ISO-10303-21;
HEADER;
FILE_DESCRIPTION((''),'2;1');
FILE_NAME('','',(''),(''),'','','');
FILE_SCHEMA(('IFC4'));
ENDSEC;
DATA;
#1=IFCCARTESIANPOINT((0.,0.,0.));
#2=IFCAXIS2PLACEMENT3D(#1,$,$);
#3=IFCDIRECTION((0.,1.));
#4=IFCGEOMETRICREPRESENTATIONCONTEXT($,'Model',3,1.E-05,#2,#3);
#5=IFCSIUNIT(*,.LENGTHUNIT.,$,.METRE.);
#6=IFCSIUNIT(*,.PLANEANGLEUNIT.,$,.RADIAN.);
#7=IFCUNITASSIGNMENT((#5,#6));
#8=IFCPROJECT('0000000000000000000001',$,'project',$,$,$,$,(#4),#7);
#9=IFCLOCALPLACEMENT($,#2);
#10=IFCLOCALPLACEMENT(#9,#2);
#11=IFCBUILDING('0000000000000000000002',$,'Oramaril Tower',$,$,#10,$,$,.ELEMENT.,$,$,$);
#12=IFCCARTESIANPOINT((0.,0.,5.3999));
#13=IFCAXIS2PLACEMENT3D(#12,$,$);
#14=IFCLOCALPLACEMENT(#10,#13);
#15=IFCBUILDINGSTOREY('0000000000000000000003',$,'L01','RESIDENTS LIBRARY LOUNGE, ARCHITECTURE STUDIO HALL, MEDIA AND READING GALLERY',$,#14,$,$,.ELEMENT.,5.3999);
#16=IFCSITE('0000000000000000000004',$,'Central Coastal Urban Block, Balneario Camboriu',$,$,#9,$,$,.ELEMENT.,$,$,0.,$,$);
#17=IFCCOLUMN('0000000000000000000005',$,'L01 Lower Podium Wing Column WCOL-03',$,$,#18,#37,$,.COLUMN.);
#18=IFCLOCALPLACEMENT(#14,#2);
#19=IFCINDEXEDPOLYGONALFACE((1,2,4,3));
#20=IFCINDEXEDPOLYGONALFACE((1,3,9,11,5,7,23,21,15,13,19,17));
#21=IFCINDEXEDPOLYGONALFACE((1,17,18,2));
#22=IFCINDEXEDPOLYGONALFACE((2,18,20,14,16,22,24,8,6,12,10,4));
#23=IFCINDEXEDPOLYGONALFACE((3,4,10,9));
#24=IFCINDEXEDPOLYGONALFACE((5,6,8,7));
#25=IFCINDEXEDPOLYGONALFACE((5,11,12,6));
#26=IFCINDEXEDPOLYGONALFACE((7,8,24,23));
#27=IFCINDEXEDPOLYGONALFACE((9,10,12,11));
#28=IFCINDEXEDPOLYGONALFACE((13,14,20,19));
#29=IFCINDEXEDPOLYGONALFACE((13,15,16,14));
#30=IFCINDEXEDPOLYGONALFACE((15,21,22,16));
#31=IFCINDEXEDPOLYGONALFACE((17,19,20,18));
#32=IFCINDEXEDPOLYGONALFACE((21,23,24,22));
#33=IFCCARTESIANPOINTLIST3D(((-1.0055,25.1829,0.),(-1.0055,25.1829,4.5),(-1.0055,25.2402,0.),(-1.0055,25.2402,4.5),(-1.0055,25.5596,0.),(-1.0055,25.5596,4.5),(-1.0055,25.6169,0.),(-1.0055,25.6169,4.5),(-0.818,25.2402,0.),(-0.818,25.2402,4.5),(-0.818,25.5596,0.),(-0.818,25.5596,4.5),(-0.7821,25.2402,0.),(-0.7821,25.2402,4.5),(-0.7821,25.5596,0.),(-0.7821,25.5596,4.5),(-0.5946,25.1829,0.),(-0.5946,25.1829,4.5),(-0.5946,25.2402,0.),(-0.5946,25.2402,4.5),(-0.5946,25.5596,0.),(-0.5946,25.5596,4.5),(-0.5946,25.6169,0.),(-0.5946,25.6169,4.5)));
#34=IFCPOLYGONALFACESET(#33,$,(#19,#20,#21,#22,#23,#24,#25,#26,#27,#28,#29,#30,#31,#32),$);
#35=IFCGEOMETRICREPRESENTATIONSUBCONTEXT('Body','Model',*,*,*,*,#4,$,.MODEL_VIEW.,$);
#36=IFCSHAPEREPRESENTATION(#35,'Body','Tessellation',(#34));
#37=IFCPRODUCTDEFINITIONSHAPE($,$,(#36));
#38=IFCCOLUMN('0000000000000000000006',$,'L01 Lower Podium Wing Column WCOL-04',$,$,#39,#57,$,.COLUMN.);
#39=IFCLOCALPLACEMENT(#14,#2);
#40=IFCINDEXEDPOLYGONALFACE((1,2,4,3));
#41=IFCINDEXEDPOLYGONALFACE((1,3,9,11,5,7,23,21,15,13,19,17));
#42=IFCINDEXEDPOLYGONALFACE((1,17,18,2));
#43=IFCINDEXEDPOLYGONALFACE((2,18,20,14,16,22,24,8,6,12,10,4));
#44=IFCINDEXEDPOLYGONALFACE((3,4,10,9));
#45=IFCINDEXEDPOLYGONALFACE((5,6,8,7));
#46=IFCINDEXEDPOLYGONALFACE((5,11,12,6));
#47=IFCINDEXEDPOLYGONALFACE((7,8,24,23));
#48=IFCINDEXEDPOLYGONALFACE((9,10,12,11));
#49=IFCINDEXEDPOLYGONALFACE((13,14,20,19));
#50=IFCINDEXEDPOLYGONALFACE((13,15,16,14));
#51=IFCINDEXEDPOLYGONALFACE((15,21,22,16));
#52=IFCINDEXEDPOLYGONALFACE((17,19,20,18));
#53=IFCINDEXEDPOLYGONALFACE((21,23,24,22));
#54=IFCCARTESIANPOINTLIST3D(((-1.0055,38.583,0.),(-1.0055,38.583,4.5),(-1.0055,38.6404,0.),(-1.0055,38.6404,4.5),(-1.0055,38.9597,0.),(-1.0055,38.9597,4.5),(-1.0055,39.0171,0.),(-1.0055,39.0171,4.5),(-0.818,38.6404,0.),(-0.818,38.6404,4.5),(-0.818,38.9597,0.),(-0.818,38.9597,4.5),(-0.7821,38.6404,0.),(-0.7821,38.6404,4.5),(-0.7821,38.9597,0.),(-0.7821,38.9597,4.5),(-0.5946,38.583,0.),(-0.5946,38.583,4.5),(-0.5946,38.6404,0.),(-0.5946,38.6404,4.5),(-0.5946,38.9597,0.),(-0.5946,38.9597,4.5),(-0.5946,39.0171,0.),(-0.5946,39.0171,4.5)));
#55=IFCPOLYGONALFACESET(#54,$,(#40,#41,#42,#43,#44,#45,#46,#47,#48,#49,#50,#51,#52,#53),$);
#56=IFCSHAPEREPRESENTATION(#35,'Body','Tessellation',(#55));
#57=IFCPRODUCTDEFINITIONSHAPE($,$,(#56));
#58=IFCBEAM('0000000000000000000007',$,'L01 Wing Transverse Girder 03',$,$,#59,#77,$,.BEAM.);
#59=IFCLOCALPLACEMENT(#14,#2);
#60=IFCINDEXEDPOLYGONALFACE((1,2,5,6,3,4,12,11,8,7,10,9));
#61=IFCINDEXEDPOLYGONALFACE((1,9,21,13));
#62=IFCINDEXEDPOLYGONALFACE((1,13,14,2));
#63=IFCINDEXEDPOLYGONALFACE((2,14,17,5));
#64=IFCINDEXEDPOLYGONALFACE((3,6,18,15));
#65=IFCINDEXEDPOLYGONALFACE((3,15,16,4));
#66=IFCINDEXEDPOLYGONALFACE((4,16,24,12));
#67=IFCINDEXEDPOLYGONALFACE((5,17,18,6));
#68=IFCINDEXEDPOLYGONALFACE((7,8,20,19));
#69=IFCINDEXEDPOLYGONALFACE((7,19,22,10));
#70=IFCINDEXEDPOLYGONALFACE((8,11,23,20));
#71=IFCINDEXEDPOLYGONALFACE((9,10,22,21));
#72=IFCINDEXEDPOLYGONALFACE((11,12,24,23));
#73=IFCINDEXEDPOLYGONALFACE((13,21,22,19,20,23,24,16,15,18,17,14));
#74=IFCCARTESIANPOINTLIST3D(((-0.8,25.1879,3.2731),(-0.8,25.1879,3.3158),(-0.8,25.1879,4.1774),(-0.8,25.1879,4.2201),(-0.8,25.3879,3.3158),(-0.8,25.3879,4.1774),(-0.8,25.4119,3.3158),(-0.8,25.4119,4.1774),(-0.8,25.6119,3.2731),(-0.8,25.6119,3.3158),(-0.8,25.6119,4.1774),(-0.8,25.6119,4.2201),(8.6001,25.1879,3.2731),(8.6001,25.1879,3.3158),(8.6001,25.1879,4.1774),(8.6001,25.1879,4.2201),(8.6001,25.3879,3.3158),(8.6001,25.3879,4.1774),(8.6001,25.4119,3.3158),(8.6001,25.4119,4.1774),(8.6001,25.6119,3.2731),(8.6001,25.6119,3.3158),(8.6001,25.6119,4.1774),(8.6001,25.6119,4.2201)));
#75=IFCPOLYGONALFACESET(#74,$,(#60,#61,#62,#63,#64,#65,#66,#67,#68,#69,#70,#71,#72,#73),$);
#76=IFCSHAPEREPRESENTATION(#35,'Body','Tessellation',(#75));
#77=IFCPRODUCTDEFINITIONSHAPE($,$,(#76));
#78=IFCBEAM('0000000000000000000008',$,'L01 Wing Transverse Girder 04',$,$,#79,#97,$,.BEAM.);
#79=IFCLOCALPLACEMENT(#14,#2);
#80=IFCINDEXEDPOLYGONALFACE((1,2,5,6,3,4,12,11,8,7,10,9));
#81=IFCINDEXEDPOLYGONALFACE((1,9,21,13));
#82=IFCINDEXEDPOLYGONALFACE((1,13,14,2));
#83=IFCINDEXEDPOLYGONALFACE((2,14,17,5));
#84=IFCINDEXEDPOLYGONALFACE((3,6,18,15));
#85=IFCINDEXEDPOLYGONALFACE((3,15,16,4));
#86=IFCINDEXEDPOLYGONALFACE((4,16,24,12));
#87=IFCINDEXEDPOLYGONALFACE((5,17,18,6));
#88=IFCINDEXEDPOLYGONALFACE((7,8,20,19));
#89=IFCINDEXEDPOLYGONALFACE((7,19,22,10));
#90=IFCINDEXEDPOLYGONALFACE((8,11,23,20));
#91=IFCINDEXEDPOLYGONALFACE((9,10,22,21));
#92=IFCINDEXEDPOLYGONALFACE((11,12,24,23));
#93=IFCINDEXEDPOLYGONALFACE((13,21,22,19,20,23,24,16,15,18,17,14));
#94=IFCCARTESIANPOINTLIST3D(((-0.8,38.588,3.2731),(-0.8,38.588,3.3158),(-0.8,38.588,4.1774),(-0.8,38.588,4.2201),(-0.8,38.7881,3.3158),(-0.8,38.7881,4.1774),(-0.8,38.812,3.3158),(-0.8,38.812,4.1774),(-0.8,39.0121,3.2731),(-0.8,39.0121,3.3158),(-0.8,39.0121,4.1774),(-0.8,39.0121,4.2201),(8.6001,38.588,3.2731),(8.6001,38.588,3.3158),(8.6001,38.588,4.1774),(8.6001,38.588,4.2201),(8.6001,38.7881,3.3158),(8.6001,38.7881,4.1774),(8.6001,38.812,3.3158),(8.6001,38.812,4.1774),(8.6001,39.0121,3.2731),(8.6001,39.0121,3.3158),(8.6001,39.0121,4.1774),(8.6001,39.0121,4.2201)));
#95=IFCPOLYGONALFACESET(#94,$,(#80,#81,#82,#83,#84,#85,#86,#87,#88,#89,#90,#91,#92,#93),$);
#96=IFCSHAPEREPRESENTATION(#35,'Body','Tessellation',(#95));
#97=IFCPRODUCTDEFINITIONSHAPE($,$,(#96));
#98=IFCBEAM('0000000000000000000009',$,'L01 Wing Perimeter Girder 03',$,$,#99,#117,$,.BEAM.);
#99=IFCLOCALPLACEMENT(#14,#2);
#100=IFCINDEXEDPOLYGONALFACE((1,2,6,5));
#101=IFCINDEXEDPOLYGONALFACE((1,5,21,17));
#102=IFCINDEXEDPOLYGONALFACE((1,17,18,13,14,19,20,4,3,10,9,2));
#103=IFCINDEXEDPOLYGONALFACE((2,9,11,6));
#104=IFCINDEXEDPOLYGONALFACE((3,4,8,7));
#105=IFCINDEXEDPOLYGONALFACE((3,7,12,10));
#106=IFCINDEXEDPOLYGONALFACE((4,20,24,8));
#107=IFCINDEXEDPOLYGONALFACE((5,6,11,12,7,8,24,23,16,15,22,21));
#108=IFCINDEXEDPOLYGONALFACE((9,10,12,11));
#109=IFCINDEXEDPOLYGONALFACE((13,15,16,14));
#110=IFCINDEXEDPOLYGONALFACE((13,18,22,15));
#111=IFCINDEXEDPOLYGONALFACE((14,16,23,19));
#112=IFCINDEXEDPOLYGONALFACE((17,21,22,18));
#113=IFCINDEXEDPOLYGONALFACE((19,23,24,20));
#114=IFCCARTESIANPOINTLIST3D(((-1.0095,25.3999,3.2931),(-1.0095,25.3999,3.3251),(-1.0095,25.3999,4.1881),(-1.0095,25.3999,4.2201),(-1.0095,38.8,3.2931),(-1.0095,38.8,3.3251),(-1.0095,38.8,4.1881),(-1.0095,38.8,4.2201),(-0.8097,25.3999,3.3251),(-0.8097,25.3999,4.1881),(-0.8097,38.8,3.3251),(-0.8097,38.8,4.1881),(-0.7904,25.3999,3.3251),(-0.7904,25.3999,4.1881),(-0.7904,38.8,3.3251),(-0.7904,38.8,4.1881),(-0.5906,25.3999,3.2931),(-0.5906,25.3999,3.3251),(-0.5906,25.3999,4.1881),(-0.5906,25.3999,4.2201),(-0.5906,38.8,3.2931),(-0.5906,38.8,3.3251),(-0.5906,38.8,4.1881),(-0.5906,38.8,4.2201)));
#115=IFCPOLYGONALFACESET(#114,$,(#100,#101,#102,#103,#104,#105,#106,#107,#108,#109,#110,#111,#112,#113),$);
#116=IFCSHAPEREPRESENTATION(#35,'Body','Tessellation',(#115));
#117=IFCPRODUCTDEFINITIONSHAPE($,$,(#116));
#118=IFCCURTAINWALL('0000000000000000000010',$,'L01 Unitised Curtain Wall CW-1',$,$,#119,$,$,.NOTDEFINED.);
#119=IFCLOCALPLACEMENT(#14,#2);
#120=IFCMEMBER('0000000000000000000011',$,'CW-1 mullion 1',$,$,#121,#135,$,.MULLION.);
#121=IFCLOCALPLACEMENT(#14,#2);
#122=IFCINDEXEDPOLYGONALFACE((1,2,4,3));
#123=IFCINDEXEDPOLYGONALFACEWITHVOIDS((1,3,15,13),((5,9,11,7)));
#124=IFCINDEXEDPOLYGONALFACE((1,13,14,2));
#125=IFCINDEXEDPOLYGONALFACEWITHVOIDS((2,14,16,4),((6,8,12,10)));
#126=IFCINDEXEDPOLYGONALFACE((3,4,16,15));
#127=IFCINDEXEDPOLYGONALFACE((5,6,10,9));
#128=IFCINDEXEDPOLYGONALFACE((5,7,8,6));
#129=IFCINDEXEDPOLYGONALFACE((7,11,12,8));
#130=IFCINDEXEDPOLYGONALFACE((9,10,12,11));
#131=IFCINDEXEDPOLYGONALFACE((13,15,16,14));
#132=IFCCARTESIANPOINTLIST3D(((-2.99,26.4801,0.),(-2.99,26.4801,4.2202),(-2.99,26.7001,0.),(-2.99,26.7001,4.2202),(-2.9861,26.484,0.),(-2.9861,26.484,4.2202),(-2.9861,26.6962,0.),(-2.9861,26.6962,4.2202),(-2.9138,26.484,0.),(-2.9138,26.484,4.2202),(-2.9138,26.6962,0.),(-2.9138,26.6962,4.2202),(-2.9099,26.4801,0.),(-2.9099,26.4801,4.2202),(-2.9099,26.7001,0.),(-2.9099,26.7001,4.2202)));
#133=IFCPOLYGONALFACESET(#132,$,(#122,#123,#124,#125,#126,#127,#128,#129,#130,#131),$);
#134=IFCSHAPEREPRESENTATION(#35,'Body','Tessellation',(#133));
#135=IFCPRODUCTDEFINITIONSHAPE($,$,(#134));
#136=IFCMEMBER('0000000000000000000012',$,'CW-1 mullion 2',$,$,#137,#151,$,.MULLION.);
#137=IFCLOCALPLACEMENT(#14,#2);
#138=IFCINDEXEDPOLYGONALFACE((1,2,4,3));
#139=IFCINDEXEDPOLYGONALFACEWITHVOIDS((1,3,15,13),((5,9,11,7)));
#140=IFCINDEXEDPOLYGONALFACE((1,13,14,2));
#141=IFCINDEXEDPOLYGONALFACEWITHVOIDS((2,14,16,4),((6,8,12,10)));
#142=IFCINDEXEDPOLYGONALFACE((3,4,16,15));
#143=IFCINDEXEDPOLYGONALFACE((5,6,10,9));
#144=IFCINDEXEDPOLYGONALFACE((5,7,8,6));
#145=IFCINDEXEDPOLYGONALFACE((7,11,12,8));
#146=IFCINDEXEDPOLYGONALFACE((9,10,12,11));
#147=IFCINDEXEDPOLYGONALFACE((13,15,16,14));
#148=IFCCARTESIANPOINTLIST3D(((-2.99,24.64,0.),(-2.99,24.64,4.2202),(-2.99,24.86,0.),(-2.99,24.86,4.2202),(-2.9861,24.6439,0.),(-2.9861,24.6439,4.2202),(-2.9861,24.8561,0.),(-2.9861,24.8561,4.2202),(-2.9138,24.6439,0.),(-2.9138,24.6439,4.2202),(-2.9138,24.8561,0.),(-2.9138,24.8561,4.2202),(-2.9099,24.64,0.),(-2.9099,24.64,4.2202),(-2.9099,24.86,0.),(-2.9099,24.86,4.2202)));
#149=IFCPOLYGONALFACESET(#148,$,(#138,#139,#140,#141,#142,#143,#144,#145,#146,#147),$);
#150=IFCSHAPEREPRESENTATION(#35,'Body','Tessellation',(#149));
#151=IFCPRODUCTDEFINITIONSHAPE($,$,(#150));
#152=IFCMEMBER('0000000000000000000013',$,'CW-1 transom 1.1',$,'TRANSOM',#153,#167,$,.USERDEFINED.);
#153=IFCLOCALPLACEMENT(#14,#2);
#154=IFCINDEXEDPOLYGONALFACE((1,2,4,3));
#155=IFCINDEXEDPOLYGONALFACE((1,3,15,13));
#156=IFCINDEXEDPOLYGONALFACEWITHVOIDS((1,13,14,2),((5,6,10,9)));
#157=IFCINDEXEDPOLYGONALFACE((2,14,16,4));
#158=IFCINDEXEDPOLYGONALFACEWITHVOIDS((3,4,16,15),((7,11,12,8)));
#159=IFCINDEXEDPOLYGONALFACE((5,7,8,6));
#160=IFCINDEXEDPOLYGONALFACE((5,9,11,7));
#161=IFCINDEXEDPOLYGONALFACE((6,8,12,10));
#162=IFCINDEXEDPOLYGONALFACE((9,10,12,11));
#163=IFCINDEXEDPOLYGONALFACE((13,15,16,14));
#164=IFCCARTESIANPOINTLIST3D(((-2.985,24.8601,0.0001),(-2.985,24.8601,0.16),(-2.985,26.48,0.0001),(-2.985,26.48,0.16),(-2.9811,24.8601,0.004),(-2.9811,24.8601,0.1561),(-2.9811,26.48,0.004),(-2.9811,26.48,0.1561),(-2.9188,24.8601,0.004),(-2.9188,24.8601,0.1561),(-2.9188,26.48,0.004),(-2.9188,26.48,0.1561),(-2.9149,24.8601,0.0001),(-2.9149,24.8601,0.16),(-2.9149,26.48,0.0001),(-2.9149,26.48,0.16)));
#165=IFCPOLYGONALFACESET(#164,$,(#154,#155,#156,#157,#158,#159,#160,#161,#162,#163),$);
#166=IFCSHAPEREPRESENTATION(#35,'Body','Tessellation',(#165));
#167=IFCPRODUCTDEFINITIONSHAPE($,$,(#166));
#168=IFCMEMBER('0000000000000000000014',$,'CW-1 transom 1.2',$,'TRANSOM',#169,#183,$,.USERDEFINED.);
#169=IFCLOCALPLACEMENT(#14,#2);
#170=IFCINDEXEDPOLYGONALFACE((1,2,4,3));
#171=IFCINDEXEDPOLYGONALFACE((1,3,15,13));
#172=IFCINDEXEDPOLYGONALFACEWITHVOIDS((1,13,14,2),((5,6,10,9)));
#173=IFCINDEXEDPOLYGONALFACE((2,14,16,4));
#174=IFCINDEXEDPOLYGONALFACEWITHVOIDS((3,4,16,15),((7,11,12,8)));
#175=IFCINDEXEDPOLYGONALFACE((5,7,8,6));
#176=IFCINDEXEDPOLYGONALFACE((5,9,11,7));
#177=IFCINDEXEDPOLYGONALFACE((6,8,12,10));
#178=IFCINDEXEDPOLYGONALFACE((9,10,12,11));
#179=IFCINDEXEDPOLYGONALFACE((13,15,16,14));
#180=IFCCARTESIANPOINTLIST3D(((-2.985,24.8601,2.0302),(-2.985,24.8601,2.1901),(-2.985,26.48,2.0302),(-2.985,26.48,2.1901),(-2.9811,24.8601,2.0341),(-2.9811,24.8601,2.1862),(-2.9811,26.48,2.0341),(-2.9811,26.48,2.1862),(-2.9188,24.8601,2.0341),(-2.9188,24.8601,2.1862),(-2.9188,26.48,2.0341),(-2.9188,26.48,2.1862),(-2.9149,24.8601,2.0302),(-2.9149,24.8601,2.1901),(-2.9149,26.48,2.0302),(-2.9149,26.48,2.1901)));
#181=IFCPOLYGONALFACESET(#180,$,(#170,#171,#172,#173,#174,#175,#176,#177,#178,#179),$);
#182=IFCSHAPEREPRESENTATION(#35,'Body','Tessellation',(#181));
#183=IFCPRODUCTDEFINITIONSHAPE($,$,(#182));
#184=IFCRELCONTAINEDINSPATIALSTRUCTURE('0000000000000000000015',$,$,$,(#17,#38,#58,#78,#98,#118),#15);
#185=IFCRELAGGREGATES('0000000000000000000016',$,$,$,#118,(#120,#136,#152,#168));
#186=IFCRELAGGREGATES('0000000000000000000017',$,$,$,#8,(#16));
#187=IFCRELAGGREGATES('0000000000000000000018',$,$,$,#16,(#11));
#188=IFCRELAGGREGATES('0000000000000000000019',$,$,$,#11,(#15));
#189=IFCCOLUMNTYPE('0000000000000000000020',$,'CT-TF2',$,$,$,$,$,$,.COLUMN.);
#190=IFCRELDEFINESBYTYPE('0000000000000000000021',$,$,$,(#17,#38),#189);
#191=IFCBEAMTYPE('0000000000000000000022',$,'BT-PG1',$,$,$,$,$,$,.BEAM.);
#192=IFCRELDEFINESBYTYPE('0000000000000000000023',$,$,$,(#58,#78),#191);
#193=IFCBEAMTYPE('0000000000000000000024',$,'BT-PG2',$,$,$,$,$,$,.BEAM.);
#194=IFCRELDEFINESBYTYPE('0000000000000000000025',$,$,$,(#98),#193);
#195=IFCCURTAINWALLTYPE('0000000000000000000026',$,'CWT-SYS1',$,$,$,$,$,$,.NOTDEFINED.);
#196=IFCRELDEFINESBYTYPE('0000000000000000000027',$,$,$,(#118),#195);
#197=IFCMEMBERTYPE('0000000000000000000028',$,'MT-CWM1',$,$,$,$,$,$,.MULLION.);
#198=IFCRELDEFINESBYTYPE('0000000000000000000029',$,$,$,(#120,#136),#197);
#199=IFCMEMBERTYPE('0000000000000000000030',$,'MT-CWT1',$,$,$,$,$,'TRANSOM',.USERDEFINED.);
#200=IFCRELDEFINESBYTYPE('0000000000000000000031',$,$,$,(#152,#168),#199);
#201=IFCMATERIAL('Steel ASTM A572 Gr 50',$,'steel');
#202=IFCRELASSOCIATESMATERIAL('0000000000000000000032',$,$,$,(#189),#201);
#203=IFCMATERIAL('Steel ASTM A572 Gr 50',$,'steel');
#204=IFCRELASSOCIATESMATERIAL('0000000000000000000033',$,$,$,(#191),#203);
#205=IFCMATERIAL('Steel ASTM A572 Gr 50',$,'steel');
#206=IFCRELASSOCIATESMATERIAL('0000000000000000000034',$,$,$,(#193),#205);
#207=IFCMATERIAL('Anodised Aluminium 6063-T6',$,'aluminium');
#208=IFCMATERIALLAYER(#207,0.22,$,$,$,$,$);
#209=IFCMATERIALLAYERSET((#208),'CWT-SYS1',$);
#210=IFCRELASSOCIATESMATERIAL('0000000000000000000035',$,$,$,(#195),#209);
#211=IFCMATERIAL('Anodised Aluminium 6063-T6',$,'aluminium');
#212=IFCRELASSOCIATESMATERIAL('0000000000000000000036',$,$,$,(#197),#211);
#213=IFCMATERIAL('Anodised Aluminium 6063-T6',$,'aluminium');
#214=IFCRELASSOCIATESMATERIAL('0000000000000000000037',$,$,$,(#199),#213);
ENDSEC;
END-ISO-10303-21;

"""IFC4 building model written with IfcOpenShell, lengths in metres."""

from ifc_helpers import new_model, si_unit, direction, frame, origin, origin_2d, place, context, subcontext, project, spatial, hollow_rectangle, i_section, extrude, material, layer, layer_set, material_profile, profile_set, type_object, element, aggregate, save


model = new_model("IFC4")

# Units and contexts
model_context = context("Model", 3, precision=1e-05, world=origin(), true_north=direction((0.0, 1.0)))
body_context = subcontext(model_context, "Body", "Model", "MODEL_VIEW")
ifc_project = project(units=[si_unit("LENGTHUNIT", "METRE"), si_unit("PLANEANGLEUNIT", "RADIAN")], contexts=[model_context])

# Site, building, storey
site_placement = place(None, origin())
site = spatial("IfcSite", under=ifc_project, at=site_placement, Name="Central Coastal Urban Block, Balneario Camboriu", CompositionType="ELEMENT", RefElevation=0.0)
building_placement = place(site_placement, origin())
building = spatial("IfcBuilding", under=site, at=building_placement, Name="Oramaril Tower", CompositionType="ELEMENT")
storey_placement = place(building_placement, frame((0.0, 0.0, 5.3999)))
storey = spatial("IfcBuildingStorey", under=building, at=storey_placement, Name="L01", Description="RESIDENTS LIBRARY LOUNGE, ARCHITECTURE STUDIO HALL, MEDIA AND READING GALLERY", CompositionType="ELEMENT", Elevation=5.3999)

# Columns
ifc_material_1 = material(Name="Steel ASTM A572 Gr 50", Category="steel")
ifc_material_profile_1 = material_profile(ifc_material_1, i_section(OverallWidth=0.4109, OverallDepth=0.4341, WebThickness=0.0359, FlangeThickness=0.0574, at=origin_2d()), Name="W14X311")
ifc_profile_set_1 = profile_set([ifc_material_profile_1], Name="Steel ASTM A572 Gr 50")
column_type = type_object("IfcColumnType", Name="CT-TF2", PredefinedType="COLUMN", material=ifc_profile_set_1)
for number, where, z_axis, x_axis, name in (
    (1, (-0.8, 25.3999, 0.0), (0.0, 0.0, 1.0), (1.0, 0.0, 0.0), "L01 Lower Podium Wing Column WCOL-03"),
    (2, (-0.8, 38.8, 0.0), (0.0, 0.0, 1.0), (1.0, 0.0, 0.0), "L01 Lower Podium Wing Column WCOL-04"),
):
    element("IfcColumn", number, at=place(storey_placement, frame(where, z_axis=z_axis, x_axis=x_axis)), inside=storey, type_object=column_type, Name=name, PredefinedType="COLUMN", context=body_context, shape_type="SweptSolid", body=[
        extrude(i_section(OverallWidth=0.4109, OverallDepth=0.4341, WebThickness=0.0359, FlangeThickness=0.0574, at=origin_2d()), origin(), (0.0, 0.0, 1.0), 4.5),
    ])

# Beams
ifc_material_2 = material(Name="Steel ASTM A572 Gr 50", Category="steel")
ifc_material_profile_2 = material_profile(ifc_material_2, i_section(OverallWidth=0.4241, OverallDepth=0.947, WebThickness=0.0239, FlangeThickness=0.0427, at=origin_2d()), Name="W36X302")
ifc_profile_set_2 = profile_set([ifc_material_profile_2], Name="Steel ASTM A572 Gr 50")
beam_type_1 = type_object("IfcBeamType", Name="BT-PG1", PredefinedType="BEAM", material=ifc_profile_set_2)
for number, where, z_axis, x_axis, name in (
    (3, (-0.8, 25.3999, 3.7466), (1.0, 0.0, 0.0), (0.0, 1.0, 0.0), "L01 Wing Transverse Girder 03"),
    (4, (-0.8, 38.8, 3.7466), (1.0, 0.0, 0.0), (0.0, 1.0, 0.0), "L01 Wing Transverse Girder 04"),
):
    element("IfcBeam", number, at=place(storey_placement, frame(where, z_axis=z_axis, x_axis=x_axis)), inside=storey, type_object=beam_type_1, Name=name, PredefinedType="BEAM", context=body_context, shape_type="SweptSolid", body=[
        extrude(i_section(OverallWidth=0.4241, OverallDepth=0.947, WebThickness=0.0239, FlangeThickness=0.0427, at=origin_2d()), origin(), (0.0, 0.0, 1.0), 9.4001),
    ])
ifc_material_3 = material(Name="Steel ASTM A572 Gr 50", Category="steel")
ifc_material_profile_3 = material_profile(ifc_material_3, i_section(OverallWidth=0.4189, OverallDepth=0.927, WebThickness=0.0193, FlangeThickness=0.032, at=origin_2d()), Name="W36X231")
ifc_profile_set_3 = profile_set([ifc_material_profile_3], Name="Steel ASTM A572 Gr 50")
beam_type_2 = type_object("IfcBeamType", Name="BT-PG2", PredefinedType="BEAM", material=ifc_profile_set_3)
beam_placement = place(storey_placement, frame((-0.8, 25.3999, 3.7566), z_axis=(0.0, 1.0, 0.0), x_axis=(-1.0, 0.0, 0.0)))
element("IfcBeam", 5, at=beam_placement, inside=storey, type_object=beam_type_2, Name="L01 Wing Perimeter Girder 03", PredefinedType="BEAM", context=body_context, shape_type="SweptSolid", body=[
    extrude(i_section(OverallWidth=0.4189, OverallDepth=0.927, WebThickness=0.0193, FlangeThickness=0.032, at=origin_2d()), origin(), (0.0, 0.0, 1.0), 13.4001),
])

# Curtain wall, members
ifc_material_4 = material(Name="Anodised Aluminium 6063-T6", Category="aluminium")
ifc_layer_1 = layer(ifc_material_4, 0.22)
ifc_layer_set_1 = layer_set([ifc_layer_1], Name="CWT-SYS1")
curtain_wall_type = type_object("IfcCurtainWallType", Name="CWT-SYS1", PredefinedType="NOTDEFINED", material=ifc_layer_set_1)
curtain_wall_placement = place(storey_placement, origin())
curtain_wall = element("IfcCurtainWall", 6, at=curtain_wall_placement, inside=storey, type_object=curtain_wall_type, Name="L01 Unitised Curtain Wall CW-1", PredefinedType="NOTDEFINED")
ifc_material_5 = material(Name="Anodised Aluminium 6063-T6", Category="aluminium")
ifc_material_profile_4 = material_profile(ifc_material_5, hollow_rectangle(XDim=0.0801, YDim=0.22, WallThickness=0.0039, at=origin_2d()), Name="CWM220X80")
ifc_profile_set_4 = profile_set([ifc_material_profile_4], Name="Anodised Aluminium 6063-T6")
member_type_1 = type_object("IfcMemberType", Name="MT-CWM1", PredefinedType="MULLION", material=ifc_profile_set_4)
member_1_placement = place(storey_placement, frame((-2.95, 26.5901, 0.0), z_axis=(0.0, 0.0, 1.0), x_axis=(1.0, 0.0, 0.0)))
member_1 = element("IfcMember", 7, at=member_1_placement, type_object=member_type_1, Name="CW-1 mullion 1", PredefinedType="MULLION", context=body_context, shape_type="SweptSolid", body=[
    extrude(hollow_rectangle(XDim=0.0801, YDim=0.22, WallThickness=0.0039, at=origin_2d()), origin(), (0.0, 0.0, 1.0), 4.2202),
])
member_2_placement = place(storey_placement, frame((-2.95, 24.75, 0.0), z_axis=(0.0, 0.0, 1.0), x_axis=(1.0, 0.0, 0.0)))
member_2 = element("IfcMember", 8, at=member_2_placement, type_object=member_type_1, Name="CW-1 mullion 2", PredefinedType="MULLION", context=body_context, shape_type="SweptSolid", body=[
    extrude(hollow_rectangle(XDim=0.0801, YDim=0.22, WallThickness=0.0039, at=origin_2d()), origin(), (0.0, 0.0, 1.0), 4.2202),
])
ifc_material_6 = material(Name="Anodised Aluminium 6063-T6", Category="aluminium")
ifc_material_profile_5 = material_profile(ifc_material_6, hollow_rectangle(XDim=0.0701, YDim=0.1599, WallThickness=0.0039, at=origin_2d()), Name="CWT160X70")
ifc_profile_set_5 = profile_set([ifc_material_profile_5], Name="Anodised Aluminium 6063-T6")
member_type_2 = type_object("IfcMemberType", Name="MT-CWT1", ElementType="TRANSOM", PredefinedType="USERDEFINED", material=ifc_profile_set_5)
member_3_placement = place(storey_placement, frame((-2.95, 26.48, 0.0801), z_axis=(0.0, -1.0, 0.0), x_axis=(1.0, 0.0, 0.0)))
member_3 = element("IfcMember", 9, at=member_3_placement, type_object=member_type_2, Name="CW-1 transom 1.1", ObjectType="TRANSOM", PredefinedType="USERDEFINED", context=body_context, shape_type="SweptSolid", body=[
    extrude(hollow_rectangle(XDim=0.0701, YDim=0.1599, WallThickness=0.0039, at=origin_2d()), origin(), (0.0, 0.0, 1.0), 1.6199),
])
member_4_placement = place(storey_placement, frame((-2.95, 26.48, 2.1101), z_axis=(0.0, -1.0, 0.0), x_axis=(1.0, 0.0, 0.0)))
member_4 = element("IfcMember", 10, at=member_4_placement, type_object=member_type_2, Name="CW-1 transom 1.2", ObjectType="TRANSOM", PredefinedType="USERDEFINED", context=body_context, shape_type="SweptSolid", body=[
    extrude(hollow_rectangle(XDim=0.0701, YDim=0.1599, WallThickness=0.0039, at=origin_2d()), origin(), (0.0, 0.0, 1.0), 1.6199),
])
aggregate(curtain_wall, [member_1, member_2, member_3, member_4])

save(model, "model.ifc")
